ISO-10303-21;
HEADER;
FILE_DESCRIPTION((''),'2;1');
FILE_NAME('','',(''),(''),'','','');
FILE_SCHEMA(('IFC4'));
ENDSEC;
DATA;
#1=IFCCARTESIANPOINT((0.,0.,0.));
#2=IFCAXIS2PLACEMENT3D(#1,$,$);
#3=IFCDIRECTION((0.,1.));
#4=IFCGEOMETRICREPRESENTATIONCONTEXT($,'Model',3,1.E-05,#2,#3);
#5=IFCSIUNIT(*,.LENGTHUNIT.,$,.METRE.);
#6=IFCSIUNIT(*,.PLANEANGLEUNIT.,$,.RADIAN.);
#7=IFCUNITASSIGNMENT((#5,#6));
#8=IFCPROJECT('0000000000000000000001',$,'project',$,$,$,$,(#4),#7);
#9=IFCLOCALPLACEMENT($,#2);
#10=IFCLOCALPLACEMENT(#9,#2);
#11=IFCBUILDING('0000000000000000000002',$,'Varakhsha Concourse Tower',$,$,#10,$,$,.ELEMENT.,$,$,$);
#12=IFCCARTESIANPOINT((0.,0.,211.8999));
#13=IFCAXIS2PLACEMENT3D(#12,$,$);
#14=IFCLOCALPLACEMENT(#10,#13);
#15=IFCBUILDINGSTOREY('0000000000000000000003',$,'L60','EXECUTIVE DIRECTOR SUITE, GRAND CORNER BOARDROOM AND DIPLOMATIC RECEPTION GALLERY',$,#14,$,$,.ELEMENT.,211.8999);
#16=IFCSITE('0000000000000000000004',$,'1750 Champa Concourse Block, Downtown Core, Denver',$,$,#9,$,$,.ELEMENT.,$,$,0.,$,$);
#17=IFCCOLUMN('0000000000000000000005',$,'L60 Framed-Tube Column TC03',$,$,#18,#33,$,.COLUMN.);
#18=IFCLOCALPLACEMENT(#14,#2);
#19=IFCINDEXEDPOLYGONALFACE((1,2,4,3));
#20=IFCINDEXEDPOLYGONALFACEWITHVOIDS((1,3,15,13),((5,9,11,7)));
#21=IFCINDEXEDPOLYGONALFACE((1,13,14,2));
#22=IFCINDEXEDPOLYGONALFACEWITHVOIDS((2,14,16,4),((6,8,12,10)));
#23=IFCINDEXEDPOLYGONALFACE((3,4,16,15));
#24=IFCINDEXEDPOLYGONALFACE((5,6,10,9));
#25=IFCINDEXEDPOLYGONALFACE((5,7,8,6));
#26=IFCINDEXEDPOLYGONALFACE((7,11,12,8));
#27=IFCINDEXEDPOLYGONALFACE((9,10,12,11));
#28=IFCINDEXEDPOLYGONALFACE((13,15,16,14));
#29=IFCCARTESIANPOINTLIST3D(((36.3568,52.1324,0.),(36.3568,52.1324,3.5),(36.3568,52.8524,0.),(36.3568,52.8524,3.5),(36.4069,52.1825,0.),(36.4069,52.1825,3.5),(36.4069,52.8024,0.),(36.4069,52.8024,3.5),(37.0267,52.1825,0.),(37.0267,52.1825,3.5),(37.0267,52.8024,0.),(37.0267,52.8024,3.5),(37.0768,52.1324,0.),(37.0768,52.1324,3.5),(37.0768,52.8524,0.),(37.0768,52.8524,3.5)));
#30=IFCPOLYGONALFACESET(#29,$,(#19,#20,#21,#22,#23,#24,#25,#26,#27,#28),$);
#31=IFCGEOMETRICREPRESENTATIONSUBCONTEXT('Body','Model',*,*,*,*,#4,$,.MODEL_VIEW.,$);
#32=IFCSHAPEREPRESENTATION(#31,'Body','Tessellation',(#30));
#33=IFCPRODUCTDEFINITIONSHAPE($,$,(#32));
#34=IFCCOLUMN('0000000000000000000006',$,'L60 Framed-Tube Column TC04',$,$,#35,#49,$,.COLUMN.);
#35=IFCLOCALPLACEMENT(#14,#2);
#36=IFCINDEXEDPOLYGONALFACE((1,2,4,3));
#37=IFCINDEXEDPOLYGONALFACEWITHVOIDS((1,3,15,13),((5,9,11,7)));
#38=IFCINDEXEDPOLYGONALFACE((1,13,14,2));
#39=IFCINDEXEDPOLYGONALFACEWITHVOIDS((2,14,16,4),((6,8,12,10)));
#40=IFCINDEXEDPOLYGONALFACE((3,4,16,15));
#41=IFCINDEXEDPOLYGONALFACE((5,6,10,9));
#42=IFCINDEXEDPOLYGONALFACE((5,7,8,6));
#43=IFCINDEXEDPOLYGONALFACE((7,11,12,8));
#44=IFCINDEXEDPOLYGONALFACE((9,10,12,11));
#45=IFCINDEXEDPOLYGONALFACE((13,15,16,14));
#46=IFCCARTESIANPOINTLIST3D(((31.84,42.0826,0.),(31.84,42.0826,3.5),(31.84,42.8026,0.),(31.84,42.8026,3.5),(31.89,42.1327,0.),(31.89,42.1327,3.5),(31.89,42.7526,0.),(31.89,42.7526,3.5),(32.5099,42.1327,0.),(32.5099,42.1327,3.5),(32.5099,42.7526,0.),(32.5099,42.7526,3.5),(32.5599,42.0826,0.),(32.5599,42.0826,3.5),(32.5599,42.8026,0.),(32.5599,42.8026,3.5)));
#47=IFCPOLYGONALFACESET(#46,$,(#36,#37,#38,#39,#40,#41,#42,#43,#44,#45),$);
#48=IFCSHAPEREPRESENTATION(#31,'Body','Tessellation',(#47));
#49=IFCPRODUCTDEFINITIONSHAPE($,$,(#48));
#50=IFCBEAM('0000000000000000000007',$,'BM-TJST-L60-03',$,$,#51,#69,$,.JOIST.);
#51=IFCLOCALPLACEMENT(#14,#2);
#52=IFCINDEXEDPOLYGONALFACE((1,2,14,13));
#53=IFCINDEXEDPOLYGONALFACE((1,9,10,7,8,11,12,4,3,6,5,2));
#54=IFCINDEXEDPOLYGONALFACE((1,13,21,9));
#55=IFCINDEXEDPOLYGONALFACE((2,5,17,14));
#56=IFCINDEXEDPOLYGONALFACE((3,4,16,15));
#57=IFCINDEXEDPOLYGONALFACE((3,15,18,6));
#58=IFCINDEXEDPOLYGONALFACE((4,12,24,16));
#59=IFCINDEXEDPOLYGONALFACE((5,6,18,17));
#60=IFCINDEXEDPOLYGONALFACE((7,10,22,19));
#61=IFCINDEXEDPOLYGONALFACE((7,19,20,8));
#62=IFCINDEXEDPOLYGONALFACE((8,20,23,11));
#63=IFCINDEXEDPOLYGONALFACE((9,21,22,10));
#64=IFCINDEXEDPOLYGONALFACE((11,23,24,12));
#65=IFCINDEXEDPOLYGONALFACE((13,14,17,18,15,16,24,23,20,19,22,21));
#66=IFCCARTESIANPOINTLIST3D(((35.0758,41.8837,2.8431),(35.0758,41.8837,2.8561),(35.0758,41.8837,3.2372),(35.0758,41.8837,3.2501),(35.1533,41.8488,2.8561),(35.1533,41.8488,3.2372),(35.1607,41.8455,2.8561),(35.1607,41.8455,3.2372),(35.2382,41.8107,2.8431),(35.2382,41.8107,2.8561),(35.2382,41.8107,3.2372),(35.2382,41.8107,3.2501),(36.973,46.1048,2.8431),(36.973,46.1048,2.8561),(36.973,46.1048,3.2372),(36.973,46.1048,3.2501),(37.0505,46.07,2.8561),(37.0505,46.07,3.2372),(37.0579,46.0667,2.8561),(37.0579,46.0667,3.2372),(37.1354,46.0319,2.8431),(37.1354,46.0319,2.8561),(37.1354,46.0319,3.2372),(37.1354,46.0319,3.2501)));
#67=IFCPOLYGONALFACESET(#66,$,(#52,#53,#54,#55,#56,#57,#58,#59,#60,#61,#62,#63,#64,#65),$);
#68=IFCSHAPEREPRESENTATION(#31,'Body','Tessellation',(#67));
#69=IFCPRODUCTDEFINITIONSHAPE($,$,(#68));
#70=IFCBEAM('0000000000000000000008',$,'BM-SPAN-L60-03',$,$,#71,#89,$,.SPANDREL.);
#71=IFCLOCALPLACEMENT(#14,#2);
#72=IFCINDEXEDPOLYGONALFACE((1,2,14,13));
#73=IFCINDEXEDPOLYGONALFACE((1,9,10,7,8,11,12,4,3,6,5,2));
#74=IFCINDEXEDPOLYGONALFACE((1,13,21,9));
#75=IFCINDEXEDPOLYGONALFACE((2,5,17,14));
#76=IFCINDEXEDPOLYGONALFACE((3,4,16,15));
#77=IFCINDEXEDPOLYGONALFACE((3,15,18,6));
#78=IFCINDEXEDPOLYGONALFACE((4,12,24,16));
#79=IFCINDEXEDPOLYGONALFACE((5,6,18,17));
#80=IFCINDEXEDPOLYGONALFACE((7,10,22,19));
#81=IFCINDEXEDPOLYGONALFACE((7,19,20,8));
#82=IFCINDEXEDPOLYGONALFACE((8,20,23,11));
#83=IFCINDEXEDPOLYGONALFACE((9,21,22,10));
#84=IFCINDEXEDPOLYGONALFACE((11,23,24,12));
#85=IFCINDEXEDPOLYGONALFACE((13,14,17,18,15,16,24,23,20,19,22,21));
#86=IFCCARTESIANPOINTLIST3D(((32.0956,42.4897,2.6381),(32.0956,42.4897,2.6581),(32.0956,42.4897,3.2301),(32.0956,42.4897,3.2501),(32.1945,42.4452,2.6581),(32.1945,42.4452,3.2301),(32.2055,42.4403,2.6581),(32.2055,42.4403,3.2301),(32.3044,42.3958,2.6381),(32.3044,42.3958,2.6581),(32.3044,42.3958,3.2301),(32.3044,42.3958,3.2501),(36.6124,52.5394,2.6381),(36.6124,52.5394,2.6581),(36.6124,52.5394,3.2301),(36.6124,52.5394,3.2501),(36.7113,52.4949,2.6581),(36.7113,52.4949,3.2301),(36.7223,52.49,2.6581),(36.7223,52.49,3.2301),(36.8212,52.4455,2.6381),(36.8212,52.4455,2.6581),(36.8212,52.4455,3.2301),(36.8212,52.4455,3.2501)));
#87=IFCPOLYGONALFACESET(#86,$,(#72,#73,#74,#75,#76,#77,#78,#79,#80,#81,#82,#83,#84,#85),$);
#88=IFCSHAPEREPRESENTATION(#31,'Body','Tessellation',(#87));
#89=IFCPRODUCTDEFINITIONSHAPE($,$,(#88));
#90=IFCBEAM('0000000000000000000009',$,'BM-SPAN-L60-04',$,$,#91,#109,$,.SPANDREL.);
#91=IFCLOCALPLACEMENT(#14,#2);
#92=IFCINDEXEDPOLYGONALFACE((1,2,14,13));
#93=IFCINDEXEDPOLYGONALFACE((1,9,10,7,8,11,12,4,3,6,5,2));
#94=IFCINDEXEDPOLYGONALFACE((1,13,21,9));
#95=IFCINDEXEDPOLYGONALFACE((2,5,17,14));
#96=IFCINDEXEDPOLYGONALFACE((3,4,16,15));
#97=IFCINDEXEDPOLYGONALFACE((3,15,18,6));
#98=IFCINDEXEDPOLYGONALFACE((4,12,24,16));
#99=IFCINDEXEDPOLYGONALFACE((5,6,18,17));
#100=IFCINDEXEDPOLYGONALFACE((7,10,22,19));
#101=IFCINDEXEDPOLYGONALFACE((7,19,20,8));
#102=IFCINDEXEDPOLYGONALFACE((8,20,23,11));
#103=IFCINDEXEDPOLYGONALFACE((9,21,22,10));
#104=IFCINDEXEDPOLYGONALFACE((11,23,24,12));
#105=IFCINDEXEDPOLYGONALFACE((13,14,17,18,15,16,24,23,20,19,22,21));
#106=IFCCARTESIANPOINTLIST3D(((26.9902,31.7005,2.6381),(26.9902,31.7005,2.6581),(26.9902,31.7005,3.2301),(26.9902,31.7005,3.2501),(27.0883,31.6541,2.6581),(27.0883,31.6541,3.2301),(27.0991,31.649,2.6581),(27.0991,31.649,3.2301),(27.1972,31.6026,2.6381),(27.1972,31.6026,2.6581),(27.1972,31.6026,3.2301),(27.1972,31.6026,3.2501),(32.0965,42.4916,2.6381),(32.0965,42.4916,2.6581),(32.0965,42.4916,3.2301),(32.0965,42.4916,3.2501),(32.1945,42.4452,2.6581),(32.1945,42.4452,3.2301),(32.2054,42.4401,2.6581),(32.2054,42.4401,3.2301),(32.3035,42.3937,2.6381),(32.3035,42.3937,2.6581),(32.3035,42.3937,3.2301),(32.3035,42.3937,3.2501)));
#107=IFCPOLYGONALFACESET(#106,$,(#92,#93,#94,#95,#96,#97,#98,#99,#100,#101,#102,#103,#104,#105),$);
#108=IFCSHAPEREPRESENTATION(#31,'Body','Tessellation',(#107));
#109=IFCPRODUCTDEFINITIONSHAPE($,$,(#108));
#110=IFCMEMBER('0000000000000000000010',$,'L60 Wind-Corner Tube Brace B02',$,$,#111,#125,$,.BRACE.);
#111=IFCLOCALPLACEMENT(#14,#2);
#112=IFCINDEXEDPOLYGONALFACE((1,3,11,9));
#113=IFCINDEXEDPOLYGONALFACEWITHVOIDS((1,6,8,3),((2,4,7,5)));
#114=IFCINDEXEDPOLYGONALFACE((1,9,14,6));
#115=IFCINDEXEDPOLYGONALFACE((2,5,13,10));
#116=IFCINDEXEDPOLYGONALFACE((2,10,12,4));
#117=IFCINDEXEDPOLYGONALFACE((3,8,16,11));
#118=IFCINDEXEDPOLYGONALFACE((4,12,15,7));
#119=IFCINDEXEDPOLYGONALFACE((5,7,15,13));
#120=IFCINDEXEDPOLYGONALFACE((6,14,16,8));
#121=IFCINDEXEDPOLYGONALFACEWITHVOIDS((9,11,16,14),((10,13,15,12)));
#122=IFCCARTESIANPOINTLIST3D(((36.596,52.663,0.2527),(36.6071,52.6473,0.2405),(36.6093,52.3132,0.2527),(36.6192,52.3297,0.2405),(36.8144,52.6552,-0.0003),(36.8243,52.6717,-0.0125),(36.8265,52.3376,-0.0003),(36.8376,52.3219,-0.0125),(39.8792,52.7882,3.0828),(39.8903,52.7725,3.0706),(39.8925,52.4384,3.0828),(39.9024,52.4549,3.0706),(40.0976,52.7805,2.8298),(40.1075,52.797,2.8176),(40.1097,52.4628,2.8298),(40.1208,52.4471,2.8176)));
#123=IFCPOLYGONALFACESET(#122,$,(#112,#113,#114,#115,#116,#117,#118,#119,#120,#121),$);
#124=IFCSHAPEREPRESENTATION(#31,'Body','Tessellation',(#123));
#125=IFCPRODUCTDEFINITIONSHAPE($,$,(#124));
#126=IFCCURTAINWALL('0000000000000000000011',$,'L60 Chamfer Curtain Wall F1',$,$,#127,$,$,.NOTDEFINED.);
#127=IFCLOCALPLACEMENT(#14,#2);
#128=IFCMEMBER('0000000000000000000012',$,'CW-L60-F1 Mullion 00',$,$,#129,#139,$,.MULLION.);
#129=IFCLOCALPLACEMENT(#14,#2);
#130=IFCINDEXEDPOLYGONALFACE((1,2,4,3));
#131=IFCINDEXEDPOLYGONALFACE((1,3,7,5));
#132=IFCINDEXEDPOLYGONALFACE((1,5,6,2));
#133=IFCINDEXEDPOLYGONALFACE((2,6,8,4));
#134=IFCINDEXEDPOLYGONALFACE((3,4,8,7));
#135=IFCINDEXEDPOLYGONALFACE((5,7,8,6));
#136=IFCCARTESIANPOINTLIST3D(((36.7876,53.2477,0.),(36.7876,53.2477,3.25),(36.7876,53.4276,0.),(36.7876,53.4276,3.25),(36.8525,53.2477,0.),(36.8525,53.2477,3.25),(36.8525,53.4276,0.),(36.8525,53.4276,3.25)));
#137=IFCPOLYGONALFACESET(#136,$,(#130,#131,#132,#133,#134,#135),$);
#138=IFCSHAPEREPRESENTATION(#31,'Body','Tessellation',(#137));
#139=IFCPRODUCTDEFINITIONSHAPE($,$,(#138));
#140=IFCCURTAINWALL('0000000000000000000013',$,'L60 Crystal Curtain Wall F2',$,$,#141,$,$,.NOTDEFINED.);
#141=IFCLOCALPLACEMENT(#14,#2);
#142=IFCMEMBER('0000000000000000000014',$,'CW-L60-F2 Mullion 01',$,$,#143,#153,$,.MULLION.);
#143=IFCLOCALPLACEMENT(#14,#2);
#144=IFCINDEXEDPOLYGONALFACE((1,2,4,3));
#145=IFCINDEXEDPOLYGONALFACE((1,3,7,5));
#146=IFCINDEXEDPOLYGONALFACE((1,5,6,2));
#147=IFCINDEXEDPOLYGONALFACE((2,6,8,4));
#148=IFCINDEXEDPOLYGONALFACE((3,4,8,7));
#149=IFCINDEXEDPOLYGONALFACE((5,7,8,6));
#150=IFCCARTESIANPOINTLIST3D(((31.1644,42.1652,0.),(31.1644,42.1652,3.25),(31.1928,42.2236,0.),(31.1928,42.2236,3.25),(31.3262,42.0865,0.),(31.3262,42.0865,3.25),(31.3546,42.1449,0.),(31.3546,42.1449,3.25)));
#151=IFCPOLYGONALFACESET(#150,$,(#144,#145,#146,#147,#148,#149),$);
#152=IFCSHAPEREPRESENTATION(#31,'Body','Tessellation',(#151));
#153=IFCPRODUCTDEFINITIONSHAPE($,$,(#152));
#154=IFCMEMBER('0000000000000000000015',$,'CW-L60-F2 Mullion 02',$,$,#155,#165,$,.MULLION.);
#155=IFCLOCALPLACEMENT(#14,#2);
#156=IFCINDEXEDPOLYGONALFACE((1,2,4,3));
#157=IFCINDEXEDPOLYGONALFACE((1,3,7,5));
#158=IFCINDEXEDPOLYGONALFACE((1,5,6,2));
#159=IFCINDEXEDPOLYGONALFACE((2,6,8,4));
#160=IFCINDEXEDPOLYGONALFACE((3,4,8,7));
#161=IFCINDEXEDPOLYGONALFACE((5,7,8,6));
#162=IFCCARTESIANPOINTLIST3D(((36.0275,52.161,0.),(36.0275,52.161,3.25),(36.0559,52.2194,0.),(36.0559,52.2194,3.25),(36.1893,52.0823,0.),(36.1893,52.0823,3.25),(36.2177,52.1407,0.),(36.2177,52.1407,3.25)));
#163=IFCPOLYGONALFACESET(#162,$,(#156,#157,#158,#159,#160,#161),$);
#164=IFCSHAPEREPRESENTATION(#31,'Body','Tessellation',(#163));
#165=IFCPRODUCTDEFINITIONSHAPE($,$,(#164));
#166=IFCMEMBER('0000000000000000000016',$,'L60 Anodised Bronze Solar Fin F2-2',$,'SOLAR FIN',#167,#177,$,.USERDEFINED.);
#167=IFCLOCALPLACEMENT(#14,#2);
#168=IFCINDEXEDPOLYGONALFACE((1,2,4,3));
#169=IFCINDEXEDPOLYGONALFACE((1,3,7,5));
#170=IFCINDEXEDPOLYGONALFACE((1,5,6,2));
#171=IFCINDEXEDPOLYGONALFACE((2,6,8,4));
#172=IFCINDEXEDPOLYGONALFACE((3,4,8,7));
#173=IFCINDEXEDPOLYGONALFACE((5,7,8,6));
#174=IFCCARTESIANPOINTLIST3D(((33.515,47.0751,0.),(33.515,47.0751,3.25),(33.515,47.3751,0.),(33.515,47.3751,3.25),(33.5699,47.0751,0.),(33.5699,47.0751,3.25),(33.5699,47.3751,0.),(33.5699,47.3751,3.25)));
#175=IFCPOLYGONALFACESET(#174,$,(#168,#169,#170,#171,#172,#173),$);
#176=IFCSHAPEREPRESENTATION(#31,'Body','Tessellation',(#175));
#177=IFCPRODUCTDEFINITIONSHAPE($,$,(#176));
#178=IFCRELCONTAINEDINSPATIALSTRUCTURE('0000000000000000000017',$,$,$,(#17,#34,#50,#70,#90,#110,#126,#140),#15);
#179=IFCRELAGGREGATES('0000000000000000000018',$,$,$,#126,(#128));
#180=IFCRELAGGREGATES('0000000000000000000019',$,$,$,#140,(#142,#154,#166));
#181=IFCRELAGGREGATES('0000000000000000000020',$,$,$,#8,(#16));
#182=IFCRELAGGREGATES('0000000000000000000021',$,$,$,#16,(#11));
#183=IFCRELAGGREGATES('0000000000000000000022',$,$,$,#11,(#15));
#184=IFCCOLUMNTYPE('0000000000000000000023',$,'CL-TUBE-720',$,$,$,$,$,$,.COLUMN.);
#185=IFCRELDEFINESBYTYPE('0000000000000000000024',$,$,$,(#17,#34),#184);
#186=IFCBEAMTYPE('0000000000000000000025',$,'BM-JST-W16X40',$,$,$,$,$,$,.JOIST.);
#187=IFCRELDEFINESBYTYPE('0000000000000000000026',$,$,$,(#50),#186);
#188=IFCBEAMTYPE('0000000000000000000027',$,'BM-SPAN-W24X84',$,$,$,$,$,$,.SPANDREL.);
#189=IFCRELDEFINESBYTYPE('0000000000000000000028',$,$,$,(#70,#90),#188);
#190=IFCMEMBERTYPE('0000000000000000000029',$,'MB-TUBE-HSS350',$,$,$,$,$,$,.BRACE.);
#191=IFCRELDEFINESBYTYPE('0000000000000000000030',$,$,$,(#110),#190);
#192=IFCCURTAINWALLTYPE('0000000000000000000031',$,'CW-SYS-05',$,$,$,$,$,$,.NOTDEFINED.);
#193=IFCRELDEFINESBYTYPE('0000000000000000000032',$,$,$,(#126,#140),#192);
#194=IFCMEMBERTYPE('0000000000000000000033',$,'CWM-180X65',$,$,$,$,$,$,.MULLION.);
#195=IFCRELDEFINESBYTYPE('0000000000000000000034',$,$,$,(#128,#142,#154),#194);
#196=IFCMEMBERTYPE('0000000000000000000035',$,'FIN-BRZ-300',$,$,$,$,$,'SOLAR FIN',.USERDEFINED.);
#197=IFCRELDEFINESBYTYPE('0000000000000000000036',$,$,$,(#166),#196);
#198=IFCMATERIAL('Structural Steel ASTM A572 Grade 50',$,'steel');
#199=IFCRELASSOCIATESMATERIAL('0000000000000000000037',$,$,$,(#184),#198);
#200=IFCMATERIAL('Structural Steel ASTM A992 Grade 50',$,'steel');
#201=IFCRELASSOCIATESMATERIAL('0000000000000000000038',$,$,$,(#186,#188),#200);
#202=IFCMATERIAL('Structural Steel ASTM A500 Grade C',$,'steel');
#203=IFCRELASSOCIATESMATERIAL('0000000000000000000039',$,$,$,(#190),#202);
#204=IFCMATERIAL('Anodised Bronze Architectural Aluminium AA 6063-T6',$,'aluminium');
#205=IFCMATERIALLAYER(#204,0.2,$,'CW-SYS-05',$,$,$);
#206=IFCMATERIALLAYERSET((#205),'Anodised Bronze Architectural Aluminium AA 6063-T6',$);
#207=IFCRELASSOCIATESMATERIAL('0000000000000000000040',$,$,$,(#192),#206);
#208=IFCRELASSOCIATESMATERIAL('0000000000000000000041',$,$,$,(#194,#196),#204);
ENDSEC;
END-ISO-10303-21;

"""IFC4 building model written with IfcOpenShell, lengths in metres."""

from ifc_helpers import new_model, si_unit, direction, frame, origin, origin_2d, place, context, subcontext, project, spatial, rectangle, hollow_rectangle, i_section, extrude, source, transform, mapped, material, layer, layer_set, material_profile, profile_set, type_object, type_shapes, element, aggregate, save


model = new_model("IFC4")

# Units and contexts
model_context = context("Model", 3, precision=1e-05, world=origin(), true_north=direction((0.0, 1.0)))
body_context = subcontext(model_context, "Body", "Model", "MODEL_VIEW")
ifc_project = project(units=[si_unit("LENGTHUNIT", "METRE"), si_unit("PLANEANGLEUNIT", "RADIAN")], contexts=[model_context])

# Site, building, storey
site_placement = place(None, origin())
site = spatial("IfcSite", under=ifc_project, at=site_placement, Name="1750 Champa Concourse Block, Downtown Core, Denver", CompositionType="ELEMENT", RefElevation=0.0)
building_placement = place(site_placement, origin())
building = spatial("IfcBuilding", under=site, at=building_placement, Name="Varakhsha Concourse Tower", CompositionType="ELEMENT")
storey_placement = place(building_placement, frame((0.0, 0.0, 211.8999)))
storey = spatial("IfcBuildingStorey", under=building, at=storey_placement, Name="L60", Description="EXECUTIVE DIRECTOR SUITE, GRAND CORNER BOARDROOM AND DIPLOMATIC RECEPTION GALLERY", CompositionType="ELEMENT", Elevation=211.8999)

# Columns
ifc_material_1 = material(Name="Structural Steel ASTM A572 Grade 50", Category="steel")
ifc_material_profile_1 = material_profile(ifc_material_1, hollow_rectangle(XDim=0.72, YDim=0.72, WallThickness=0.05, at=origin_2d()), Name="BOX 720x720x50")
ifc_profile_set_1 = profile_set([ifc_material_profile_1], Name="Structural Steel ASTM A572 Grade 50")
column_type = type_object("IfcColumnType", Name="CL-TUBE-720", PredefinedType="COLUMN", material=ifc_profile_set_1)
for number, where, z_axis, x_axis, name in (
    (1, (36.7168, 52.4924, 0.0), (0.0, 0.0, 1.0), (1.0, 0.0, 0.0), "L60 Framed-Tube Column TC03"),
    (2, (32.2, 42.4426, 0.0), (0.0, 0.0, 1.0), (1.0, 0.0, 0.0), "L60 Framed-Tube Column TC04"),
):
    element("IfcColumn", number, at=place(storey_placement, frame(where, z_axis=z_axis, x_axis=x_axis)), inside=storey, type_object=column_type, Name=name, PredefinedType="COLUMN", context=body_context, shape_type="SweptSolid", body=[
        extrude(hollow_rectangle(XDim=0.72, YDim=0.72, WallThickness=0.05, at=origin_2d()), origin(), (0.0, 0.0, 1.0), 3.5),
    ])

# Beams
ifc_material_2 = material(Name="Structural Steel ASTM A992 Grade 50", Category="steel")
ifc_material_profile_2 = material_profile(ifc_material_2, i_section(OverallWidth=0.178, OverallDepth=0.407, WebThickness=0.0081, FlangeThickness=0.0129, at=origin_2d()), Name="W16X40")
ifc_profile_set_2 = profile_set([ifc_material_profile_2], Name="Structural Steel ASTM A992 Grade 50")
beam_type_1 = type_object("IfcBeamType", Name="BM-JST-W16X40", PredefinedType="JOIST", material=ifc_profile_set_2)
beam_1_placement = place(storey_placement, frame((37.0542, 46.0684, 3.0466), z_axis=(-0.409948, -0.912109, 0.0), x_axis=(0.912109, -0.409948, 0.0)))
element("IfcBeam", 3, at=beam_1_placement, inside=storey, type_object=beam_type_1, Name="BM-TJST-L60-03", PredefinedType="JOIST", context=body_context, shape_type="SweptSolid", body=[
    extrude(i_section(OverallWidth=0.178, OverallDepth=0.407, WebThickness=0.0081, FlangeThickness=0.0129, at=origin_2d()), origin(), (0.0, 0.0, 1.0), 4.6279),
])
ifc_material_profile_3 = material_profile(ifc_material_2, i_section(OverallWidth=0.229, OverallDepth=0.6121, WebThickness=0.012, FlangeThickness=0.02, at=origin_2d()), Name="W24X84")
ifc_profile_set_3 = profile_set([ifc_material_profile_3], Name="Structural Steel ASTM A992 Grade 50")
beam_type_2 = type_object("IfcBeamType", Name="BM-SPAN-W24X84", PredefinedType="SPANDREL", material=ifc_profile_set_3)
beam_2_placement = place(storey_placement, frame((36.7168, 52.4924, 2.9441), z_axis=(-0.409945, -0.91211, 0.0), x_axis=(0.91211, -0.409945, 0.0)))
element("IfcBeam", 4, at=beam_2_placement, inside=storey, type_object=beam_type_2, Name="BM-SPAN-L60-03", PredefinedType="SPANDREL", context=body_context, shape_type="SweptSolid", body=[
    extrude(i_section(OverallWidth=0.229, OverallDepth=0.6121, WebThickness=0.012, FlangeThickness=0.02, at=origin_2d()), origin(), (0.0, 0.0, 1.0), 11.0181),
])
beam_3_placement = place(storey_placement, frame((32.2, 42.4426, 2.9441), z_axis=(-0.427721, -0.903911, 0.0), x_axis=(0.903911, -0.427721, 0.0)))
element("IfcBeam", 5, at=beam_3_placement, inside=storey, type_object=beam_type_2, Name="BM-SPAN-L60-04", PredefinedType="SPANDREL", context=body_context, shape_type="SweptSolid", body=[
    extrude(i_section(OverallWidth=0.229, OverallDepth=0.6121, WebThickness=0.012, FlangeThickness=0.02, at=origin_2d()), origin(), (0.0, 0.0, 1.0), 11.9382),
])

# Member
ifc_material_3 = material(Name="Structural Steel ASTM A500 Grade C", Category="steel")
ifc_material_profile_4 = material_profile(ifc_material_3, hollow_rectangle(XDim=0.3501, YDim=0.3501, WallThickness=0.0161, at=origin_2d()), Name="HSS 350x350x16")
ifc_profile_set_4 = profile_set([ifc_material_profile_4], Name="Structural Steel ASTM A500 Grade C")
member_type_1 = type_object("IfcMemberType", Name="MB-TUBE-HSS350", PredefinedType="BRACE", material=ifc_profile_set_4)
shared_shape_1 = source(origin(), body_context, "Body", "SweptSolid", [
    extrude(hollow_rectangle(XDim=0.3501, YDim=0.3501, WallThickness=0.0161, at=origin_2d()), origin(), (0.0, 0.0, 1.0), 4.3364),
])
type_shapes(member_type_1, [shared_shape_1])
member_1_placement = place(storey_placement, frame((36.7168, 52.4924, 0.1201), z_axis=(0.757125, 0.028882, 0.652632), x_axis=(-0.038119, 0.999273, 0.0)))
element("IfcMember", 6, at=member_1_placement, inside=storey, type_object=member_type_1, Name="L60 Wind-Corner Tube Brace B02", PredefinedType="BRACE", context=body_context, shape_type="MappedRepresentation", body=[
    mapped(shared_shape_1, transform((0.0, 0.0, 0.0), scale=1.0)),
])

# Curtain wall, member
ifc_material_4 = material(Name="Anodised Bronze Architectural Aluminium AA 6063-T6", Category="aluminium")
ifc_layer_1 = layer(ifc_material_4, 0.2, Name="CW-SYS-05")
ifc_layer_set_1 = layer_set([ifc_layer_1], Name="Anodised Bronze Architectural Aluminium AA 6063-T6")
curtain_wall_type = type_object("IfcCurtainWallType", Name="CW-SYS-05", PredefinedType="NOTDEFINED", material=ifc_layer_set_1)
curtain_wall_1_placement = place(storey_placement, origin())
curtain_wall_1 = element("IfcCurtainWall", 7, at=curtain_wall_1_placement, inside=storey, type_object=curtain_wall_type, Name="L60 Chamfer Curtain Wall F1", PredefinedType="NOTDEFINED")
ifc_material_profile_5 = material_profile(ifc_material_4, rectangle(XDim=0.0649, YDim=0.1799, at=origin_2d()), Name="CWM-180X65")
ifc_profile_set_5 = profile_set([ifc_material_profile_5], Name="Anodised Bronze Architectural Aluminium AA 6063-T6")
member_type_2 = type_object("IfcMemberType", Name="CWM-180X65", PredefinedType="MULLION", material=ifc_profile_set_5)
shared_shape_2 = source(origin(), body_context, "Body", "SweptSolid", [
    extrude(rectangle(XDim=0.0649, YDim=0.1799, at=origin_2d()), origin(), (0.0, 0.0, 1.0), 3.25),
])
type_shapes(member_type_2, [shared_shape_2])
member_2_placement = place(storey_placement, frame((36.8201, 53.3376, 0.0), z_axis=(0.0, 0.0, 1.0), x_axis=(1.0, 0.0, 0.0)))
member_2 = element("IfcMember", 8, at=member_2_placement, type_object=member_type_2, Name="CW-L60-F1 Mullion 00", PredefinedType="MULLION", context=body_context, shape_type="MappedRepresentation", body=[
    mapped(shared_shape_2, transform((0.0, 0.0, 0.0), scale=1.0)),
])

# Curtain wall, members
curtain_wall_2_placement = place(storey_placement, origin())
curtain_wall_2 = element("IfcCurtainWall", 9, at=curtain_wall_2_placement, inside=storey, type_object=curtain_wall_type, Name="L60 Crystal Curtain Wall F2", PredefinedType="NOTDEFINED")
member_3_placement = place(storey_placement, frame((31.2595, 42.155, 0.0), z_axis=(0.0, 0.0, 1.0), x_axis=(0.437497, 0.89922, 0.0)))
member_3 = element("IfcMember", 10, at=member_3_placement, type_object=member_type_2, Name="CW-L60-F2 Mullion 01", PredefinedType="MULLION", context=body_context, shape_type="MappedRepresentation", body=[
    mapped(shared_shape_2, transform((0.0, 0.0, 0.0), scale=1.0)),
])
member_4_placement = place(storey_placement, frame((36.1226, 52.1509, 0.0), z_axis=(0.0, 0.0, 1.0), x_axis=(0.437497, 0.89922, 0.0)))
member_4 = element("IfcMember", 11, at=member_4_placement, type_object=member_type_2, Name="CW-L60-F2 Mullion 02", PredefinedType="MULLION", context=body_context, shape_type="MappedRepresentation", body=[
    mapped(shared_shape_2, transform((0.0, 0.0, 0.0), scale=1.0)),
])
ifc_material_profile_6 = material_profile(ifc_material_4, rectangle(XDim=0.0549, YDim=0.3, at=origin_2d()), Name="FIN-BRZ-300")
ifc_profile_set_6 = profile_set([ifc_material_profile_6], Name="Anodised Bronze Architectural Aluminium AA 6063-T6")
member_type_3 = type_object("IfcMemberType", Name="FIN-BRZ-300", ElementType="SOLAR FIN", PredefinedType="USERDEFINED", material=ifc_profile_set_6)
shared_shape_3 = source(origin(), body_context, "Body", "SweptSolid", [
    extrude(rectangle(XDim=0.0549, YDim=0.3, at=origin_2d()), origin(), (0.0, 0.0, 1.0), 3.25),
])
type_shapes(member_type_3, [shared_shape_3])
member_5_placement = place(storey_placement, frame((33.5425, 47.2251, 0.0), z_axis=(0.0, 0.0, 1.0), x_axis=(1.0, 0.0, 0.0)))
member_5 = element("IfcMember", 12, at=member_5_placement, type_object=member_type_3, Name="L60 Anodised Bronze Solar Fin F2-2", ObjectType="SOLAR FIN", PredefinedType="USERDEFINED", context=body_context, shape_type="MappedRepresentation", body=[
    mapped(shared_shape_3, transform((0.0, 0.0, 0.0), scale=1.0)),
])

aggregate(curtain_wall_1, [member_2])

aggregate(curtain_wall_2, [member_3, member_4, member_5])

save(model, "model.ifc")
